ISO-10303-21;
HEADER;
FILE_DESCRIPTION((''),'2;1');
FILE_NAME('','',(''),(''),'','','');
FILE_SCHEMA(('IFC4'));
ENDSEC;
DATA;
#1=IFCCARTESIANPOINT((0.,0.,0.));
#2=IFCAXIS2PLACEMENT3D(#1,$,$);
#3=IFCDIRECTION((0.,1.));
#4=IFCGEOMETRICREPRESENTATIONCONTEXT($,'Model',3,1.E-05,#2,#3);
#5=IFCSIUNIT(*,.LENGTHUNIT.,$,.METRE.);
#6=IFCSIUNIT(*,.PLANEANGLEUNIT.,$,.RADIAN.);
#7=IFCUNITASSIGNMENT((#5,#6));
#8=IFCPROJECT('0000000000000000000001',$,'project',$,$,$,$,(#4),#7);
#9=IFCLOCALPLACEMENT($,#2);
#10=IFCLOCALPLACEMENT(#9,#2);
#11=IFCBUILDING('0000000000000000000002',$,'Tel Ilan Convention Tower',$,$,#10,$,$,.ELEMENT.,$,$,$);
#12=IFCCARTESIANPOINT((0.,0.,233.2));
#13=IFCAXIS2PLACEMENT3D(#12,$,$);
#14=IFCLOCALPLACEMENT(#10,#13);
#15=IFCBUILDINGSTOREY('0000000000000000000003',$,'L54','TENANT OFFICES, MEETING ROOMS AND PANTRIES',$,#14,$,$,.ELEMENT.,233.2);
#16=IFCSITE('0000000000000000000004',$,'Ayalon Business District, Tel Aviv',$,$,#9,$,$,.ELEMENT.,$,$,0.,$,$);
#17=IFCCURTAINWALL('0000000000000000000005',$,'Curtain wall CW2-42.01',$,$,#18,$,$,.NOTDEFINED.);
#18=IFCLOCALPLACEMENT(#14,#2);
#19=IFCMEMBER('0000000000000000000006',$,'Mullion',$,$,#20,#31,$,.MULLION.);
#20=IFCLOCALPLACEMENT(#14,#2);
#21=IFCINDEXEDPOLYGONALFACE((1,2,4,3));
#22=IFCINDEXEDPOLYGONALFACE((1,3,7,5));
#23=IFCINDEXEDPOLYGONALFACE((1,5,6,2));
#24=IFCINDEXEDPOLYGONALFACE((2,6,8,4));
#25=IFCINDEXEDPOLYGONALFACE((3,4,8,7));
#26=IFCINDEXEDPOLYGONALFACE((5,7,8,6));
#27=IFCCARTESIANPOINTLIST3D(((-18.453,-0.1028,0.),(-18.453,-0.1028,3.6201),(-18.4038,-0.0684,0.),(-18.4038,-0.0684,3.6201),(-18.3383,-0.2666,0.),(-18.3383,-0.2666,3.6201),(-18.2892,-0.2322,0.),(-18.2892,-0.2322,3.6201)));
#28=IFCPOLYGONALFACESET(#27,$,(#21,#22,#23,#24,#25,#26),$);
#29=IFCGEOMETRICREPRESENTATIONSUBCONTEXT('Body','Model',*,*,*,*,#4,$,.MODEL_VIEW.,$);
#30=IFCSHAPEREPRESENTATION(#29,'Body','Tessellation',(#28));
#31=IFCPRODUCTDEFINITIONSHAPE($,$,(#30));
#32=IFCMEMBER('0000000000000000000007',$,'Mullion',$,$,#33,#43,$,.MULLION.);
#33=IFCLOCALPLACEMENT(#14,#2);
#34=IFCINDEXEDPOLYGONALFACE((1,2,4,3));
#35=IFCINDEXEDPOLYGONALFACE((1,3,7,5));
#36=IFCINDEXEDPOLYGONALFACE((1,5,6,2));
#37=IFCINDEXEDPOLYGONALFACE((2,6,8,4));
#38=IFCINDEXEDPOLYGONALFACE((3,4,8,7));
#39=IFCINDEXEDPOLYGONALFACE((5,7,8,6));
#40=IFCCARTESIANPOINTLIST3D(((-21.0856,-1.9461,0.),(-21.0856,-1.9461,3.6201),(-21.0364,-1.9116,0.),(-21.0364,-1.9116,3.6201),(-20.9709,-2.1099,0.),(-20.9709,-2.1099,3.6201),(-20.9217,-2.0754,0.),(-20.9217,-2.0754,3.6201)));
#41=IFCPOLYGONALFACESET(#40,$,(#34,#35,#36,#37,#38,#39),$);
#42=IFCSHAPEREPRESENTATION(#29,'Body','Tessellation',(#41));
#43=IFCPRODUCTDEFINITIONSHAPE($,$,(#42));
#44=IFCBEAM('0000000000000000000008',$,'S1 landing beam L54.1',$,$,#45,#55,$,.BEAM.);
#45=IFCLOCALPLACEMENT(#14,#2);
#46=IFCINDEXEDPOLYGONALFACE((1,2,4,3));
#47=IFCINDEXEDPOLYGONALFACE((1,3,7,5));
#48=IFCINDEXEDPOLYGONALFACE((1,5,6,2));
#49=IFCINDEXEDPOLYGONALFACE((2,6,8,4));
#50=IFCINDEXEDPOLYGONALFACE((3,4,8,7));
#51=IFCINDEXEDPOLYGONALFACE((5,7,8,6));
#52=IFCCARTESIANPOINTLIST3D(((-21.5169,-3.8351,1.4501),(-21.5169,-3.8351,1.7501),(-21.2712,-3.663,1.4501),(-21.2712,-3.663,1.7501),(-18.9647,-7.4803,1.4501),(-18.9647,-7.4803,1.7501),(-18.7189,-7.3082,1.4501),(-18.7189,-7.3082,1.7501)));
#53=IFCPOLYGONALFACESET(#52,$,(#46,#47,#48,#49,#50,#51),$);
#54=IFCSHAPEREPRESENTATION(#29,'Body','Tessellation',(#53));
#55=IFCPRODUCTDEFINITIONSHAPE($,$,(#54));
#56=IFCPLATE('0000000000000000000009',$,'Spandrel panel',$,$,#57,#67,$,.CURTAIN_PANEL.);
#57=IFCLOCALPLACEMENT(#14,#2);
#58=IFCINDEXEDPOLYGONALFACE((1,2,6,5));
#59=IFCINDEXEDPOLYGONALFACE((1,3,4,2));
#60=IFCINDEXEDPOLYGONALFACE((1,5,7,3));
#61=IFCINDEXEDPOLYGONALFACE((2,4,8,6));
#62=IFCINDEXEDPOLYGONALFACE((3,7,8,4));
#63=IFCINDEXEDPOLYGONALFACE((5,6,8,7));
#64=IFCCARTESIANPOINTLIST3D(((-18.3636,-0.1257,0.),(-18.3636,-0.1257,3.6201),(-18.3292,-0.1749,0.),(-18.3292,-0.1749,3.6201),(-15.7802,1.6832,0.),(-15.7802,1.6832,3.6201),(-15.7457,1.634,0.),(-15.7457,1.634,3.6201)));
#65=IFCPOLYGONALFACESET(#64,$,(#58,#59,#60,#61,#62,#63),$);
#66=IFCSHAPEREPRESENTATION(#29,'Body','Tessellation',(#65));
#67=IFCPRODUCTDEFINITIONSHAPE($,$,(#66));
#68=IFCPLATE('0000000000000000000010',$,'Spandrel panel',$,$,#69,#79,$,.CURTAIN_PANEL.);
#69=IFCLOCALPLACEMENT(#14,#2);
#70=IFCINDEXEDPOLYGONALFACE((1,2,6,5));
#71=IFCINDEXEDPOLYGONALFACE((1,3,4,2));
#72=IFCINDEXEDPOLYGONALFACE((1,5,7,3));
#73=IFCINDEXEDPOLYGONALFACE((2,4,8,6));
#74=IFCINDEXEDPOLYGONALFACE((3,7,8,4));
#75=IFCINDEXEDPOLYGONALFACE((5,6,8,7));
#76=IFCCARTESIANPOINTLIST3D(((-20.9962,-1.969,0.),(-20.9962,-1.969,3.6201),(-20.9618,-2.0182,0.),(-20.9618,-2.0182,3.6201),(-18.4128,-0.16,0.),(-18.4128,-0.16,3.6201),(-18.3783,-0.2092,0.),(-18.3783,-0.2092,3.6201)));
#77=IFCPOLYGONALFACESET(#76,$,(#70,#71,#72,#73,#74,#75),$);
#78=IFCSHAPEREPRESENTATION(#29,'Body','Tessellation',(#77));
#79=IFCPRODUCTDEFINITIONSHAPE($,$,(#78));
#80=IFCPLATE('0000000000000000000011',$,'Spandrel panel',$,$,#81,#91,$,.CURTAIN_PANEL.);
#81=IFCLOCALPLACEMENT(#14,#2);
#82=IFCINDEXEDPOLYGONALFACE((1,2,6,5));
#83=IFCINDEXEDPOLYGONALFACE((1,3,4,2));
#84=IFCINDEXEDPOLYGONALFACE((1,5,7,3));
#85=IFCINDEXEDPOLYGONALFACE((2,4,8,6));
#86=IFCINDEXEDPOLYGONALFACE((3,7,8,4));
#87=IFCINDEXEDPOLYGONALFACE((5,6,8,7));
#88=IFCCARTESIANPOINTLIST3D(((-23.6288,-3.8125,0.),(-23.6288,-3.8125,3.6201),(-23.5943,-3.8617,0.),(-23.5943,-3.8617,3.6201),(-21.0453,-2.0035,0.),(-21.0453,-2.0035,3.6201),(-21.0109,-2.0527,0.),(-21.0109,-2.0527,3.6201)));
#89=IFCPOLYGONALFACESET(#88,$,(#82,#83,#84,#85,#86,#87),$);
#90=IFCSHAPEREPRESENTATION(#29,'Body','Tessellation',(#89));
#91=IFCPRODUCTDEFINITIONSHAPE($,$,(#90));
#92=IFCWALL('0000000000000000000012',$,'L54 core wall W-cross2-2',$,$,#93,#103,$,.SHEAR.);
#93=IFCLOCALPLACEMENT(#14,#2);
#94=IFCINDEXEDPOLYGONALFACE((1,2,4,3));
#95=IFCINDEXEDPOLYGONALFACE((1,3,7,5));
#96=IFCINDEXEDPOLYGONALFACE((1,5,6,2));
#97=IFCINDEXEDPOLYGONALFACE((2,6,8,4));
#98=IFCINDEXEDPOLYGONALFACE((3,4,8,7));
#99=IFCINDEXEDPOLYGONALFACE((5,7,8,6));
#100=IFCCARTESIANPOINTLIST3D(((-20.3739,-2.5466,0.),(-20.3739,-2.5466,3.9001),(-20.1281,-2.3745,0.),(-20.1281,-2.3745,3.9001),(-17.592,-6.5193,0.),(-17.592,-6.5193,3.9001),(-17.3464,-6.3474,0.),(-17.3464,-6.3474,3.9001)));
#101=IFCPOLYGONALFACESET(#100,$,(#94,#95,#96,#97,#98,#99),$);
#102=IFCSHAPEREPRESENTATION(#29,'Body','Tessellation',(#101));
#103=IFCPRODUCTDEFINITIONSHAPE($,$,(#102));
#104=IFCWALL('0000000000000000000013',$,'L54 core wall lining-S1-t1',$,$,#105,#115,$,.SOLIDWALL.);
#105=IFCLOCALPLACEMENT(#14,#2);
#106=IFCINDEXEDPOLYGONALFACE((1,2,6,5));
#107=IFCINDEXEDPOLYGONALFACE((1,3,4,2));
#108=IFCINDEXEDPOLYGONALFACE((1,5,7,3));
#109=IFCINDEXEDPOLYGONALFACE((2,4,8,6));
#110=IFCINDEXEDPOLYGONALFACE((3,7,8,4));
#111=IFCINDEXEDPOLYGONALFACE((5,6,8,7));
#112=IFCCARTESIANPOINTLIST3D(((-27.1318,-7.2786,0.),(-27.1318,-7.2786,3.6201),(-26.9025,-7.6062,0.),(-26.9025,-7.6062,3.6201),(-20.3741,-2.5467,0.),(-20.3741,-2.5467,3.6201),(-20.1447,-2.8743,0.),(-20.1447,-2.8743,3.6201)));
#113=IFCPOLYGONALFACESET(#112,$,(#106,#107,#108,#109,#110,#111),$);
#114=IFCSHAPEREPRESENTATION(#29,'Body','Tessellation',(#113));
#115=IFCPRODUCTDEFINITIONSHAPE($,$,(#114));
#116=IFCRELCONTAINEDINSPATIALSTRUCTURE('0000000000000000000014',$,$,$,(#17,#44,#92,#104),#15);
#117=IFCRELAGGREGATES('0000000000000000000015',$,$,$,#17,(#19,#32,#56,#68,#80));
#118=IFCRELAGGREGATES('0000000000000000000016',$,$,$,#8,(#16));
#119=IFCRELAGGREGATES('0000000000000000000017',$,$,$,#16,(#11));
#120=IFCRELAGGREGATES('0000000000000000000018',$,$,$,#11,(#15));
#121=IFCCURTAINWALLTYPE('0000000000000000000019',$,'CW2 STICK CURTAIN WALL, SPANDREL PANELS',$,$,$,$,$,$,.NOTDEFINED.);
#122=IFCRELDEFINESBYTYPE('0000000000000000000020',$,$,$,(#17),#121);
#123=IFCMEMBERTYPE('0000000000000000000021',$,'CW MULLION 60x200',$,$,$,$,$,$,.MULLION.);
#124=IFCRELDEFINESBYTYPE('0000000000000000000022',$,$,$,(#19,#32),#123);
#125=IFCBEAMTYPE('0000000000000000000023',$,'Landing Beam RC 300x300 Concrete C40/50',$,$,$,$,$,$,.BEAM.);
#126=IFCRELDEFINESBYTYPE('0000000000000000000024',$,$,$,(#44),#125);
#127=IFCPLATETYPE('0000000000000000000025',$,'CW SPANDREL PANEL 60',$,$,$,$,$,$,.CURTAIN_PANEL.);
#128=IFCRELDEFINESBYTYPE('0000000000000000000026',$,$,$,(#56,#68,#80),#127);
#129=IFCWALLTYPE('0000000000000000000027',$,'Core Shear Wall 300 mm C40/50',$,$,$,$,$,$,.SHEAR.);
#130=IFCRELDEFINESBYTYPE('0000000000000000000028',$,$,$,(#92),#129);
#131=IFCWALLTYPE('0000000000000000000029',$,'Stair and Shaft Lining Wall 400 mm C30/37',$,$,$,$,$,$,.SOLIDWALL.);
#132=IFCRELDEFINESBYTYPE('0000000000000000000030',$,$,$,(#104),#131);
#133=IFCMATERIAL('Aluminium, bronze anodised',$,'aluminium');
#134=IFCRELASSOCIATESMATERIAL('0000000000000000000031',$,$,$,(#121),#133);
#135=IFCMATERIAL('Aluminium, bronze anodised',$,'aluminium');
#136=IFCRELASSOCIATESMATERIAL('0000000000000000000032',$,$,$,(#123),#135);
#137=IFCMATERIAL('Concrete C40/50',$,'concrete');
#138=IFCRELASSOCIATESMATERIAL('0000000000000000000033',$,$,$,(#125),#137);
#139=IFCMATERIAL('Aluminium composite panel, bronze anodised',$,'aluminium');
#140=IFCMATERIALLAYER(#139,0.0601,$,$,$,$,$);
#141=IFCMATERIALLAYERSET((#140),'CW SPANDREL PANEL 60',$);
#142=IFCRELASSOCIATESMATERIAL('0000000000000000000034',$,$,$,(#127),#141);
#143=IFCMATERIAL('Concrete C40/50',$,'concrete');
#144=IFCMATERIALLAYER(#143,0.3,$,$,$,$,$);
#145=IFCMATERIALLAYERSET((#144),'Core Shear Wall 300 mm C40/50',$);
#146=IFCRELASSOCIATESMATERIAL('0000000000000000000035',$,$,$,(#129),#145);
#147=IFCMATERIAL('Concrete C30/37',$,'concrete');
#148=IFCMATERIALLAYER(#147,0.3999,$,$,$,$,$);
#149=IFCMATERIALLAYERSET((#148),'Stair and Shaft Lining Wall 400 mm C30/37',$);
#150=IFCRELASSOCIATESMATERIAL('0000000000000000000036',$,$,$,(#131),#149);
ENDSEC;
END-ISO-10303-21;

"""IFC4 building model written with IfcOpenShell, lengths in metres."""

from ifc_helpers import new_model, si_unit, direction, frame, frame_2d, origin, origin_2d, place, context, subcontext, project, spatial, polyline, rectangle, outline, extrude, material, layer, layer_set, material_profile, profile_set, type_object, element, aggregate, save


model = new_model("IFC4")

# Units and contexts
model_context = context("Model", 3, precision=1e-05, world=origin(), true_north=direction((0.0, 1.0)))
body_context = subcontext(model_context, "Body", "Model", "MODEL_VIEW")
ifc_project = project(units=[si_unit("LENGTHUNIT", "METRE"), si_unit("PLANEANGLEUNIT", "RADIAN")], contexts=[model_context])

# Site, building, storey
site_placement = place(None, origin())
site = spatial("IfcSite", under=ifc_project, at=site_placement, Name="Ayalon Business District, Tel Aviv", CompositionType="ELEMENT", RefElevation=0.0)
building_placement = place(site_placement, origin())
building = spatial("IfcBuilding", under=site, at=building_placement, Name="Tel Ilan Convention Tower", CompositionType="ELEMENT")
storey_placement = place(building_placement, frame((0.0, 0.0, 233.2)))
storey = spatial("IfcBuildingStorey", under=building, at=storey_placement, Name="L54", Description="TENANT OFFICES, MEETING ROOMS AND PANTRIES", CompositionType="ELEMENT", Elevation=233.2)

# Curtain wall, members
ifc_material_1 = material(Name="Aluminium, bronze anodised", Category="aluminium")
curtain_wall_type = type_object("IfcCurtainWallType", Name="CW2 STICK CURTAIN WALL, SPANDREL PANELS", PredefinedType="NOTDEFINED", material=ifc_material_1)
curtain_wall_placement = place(storey_placement, origin())
curtain_wall = element("IfcCurtainWall", 1, at=curtain_wall_placement, inside=storey, type_object=curtain_wall_type, Name="Curtain wall CW2-42.01", PredefinedType="NOTDEFINED")
ifc_material_2 = material(Name="Aluminium, bronze anodised", Category="aluminium")
ifc_material_profile_1 = material_profile(ifc_material_2, rectangle(XDim=0.0601, YDim=0.2, at=origin_2d()), Name="CW MULLION 60x200")
ifc_profile_set_1 = profile_set([ifc_material_profile_1], Name="Aluminium, bronze anodised")
member_type = type_object("IfcMemberType", Name="CW MULLION 60x200", PredefinedType="MULLION", material=ifc_profile_set_1)
member_1_placement = place(storey_placement, frame((-18.3711, -0.1675, 0.0), z_axis=(0.0, 0.0, 1.0), x_axis=(-0.819152, -0.573576, 0.0)))
member_1 = element("IfcMember", 2, at=member_1_placement, type_object=member_type, Name="Mullion", PredefinedType="MULLION", context=body_context, shape_type="SweptSolid", body=[
    extrude(rectangle(XDim=0.0601, YDim=0.2, at=origin_2d()), origin(), (0.0, 0.0, 1.0), 3.6201),
])
member_2_placement = place(storey_placement, frame((-21.0037, -2.0107, 0.0), z_axis=(0.0, 0.0, 1.0), x_axis=(-0.819152, -0.573576, 0.0)))
member_2 = element("IfcMember", 3, at=member_2_placement, type_object=member_type, Name="Mullion", PredefinedType="MULLION", context=body_context, shape_type="SweptSolid", body=[
    extrude(rectangle(XDim=0.0601, YDim=0.2, at=origin_2d()), origin(), (0.0, 0.0, 1.0), 3.6201),
])

# Beam
ifc_material_3 = material(Name="Concrete C40/50", Category="concrete")
ifc_material_profile_2 = material_profile(ifc_material_3, rectangle(XDim=0.3, YDim=0.3, at=origin_2d()), Name="RC 300x300")
ifc_profile_set_2 = profile_set([ifc_material_profile_2], Name="Concrete C40/50")
beam_type = type_object("IfcBeamType", Name="Landing Beam RC 300x300 Concrete C40/50", PredefinedType="BEAM", material=ifc_profile_set_2)
beam_placement = place(storey_placement, frame((-18.8418, -7.3943, 1.6001), z_axis=(-0.573547, 0.819173, 0.0), x_axis=(-0.819173, -0.573547, 0.0)))
element("IfcBeam", 4, at=beam_placement, inside=storey, type_object=beam_type, Name="S1 landing beam L54.1", PredefinedType="BEAM", context=body_context, shape_type="SweptSolid", body=[
    extrude(rectangle(XDim=0.3, YDim=0.3, at=origin_2d()), origin(), (0.0, 0.0, 1.0), 4.45),
])

# Plates
ifc_material_4 = material(Name="Aluminium composite panel, bronze anodised", Category="aluminium")
ifc_layer_1 = layer(ifc_material_4, 0.0601)
ifc_layer_set_1 = layer_set([ifc_layer_1], Name="CW SPANDREL PANEL 60")
plate_type = type_object("IfcPlateType", Name="CW SPANDREL PANEL 60", PredefinedType="CURTAIN_PANEL", material=ifc_layer_set_1)
plate_1_placement = place(storey_placement, frame((-17.0547, 0.7542, 0.0), z_axis=(0.0, 0.0, 1.0), x_axis=(-0.819152, -0.573576, 0.0)))
plate_1 = element("IfcPlate", 5, at=plate_1_placement, type_object=plate_type, Name="Spandrel panel", PredefinedType="CURTAIN_PANEL", context=body_context, shape_type="SweptSolid", body=[
    extrude(rectangle(XDim=3.1538, YDim=0.0601, at=origin_2d()), origin(), (0.0, 0.0, 1.0), 3.6201),
])
plate_2_placement = place(storey_placement, frame((-19.6873, -1.0891, 0.0), z_axis=(0.0, 0.0, 1.0), x_axis=(-0.819152, -0.573576, 0.0)))
plate_2 = element("IfcPlate", 6, at=plate_2_placement, type_object=plate_type, Name="Spandrel panel", PredefinedType="CURTAIN_PANEL", context=body_context, shape_type="SweptSolid", body=[
    extrude(rectangle(XDim=3.1538, YDim=0.0601, at=origin_2d()), origin(), (0.0, 0.0, 1.0), 3.6201),
])
plate_3_placement = place(storey_placement, frame((-22.3198, -2.9326, 0.0), z_axis=(0.0, 0.0, 1.0), x_axis=(-0.819152, -0.573576, 0.0)))
plate_3 = element("IfcPlate", 7, at=plate_3_placement, type_object=plate_type, Name="Spandrel panel", PredefinedType="CURTAIN_PANEL", context=body_context, shape_type="SweptSolid", body=[
    extrude(rectangle(XDim=3.1538, YDim=0.0601, at=origin_2d()), origin(), (0.0, 0.0, 1.0), 3.6201),
])
aggregate(curtain_wall, [member_1, member_2, plate_1, plate_2, plate_3])

# Walls
ifc_material_5 = material(Name="Concrete C40/50", Category="concrete")
ifc_layer_2 = layer(ifc_material_5, 0.3)
ifc_layer_set_2 = layer_set([ifc_layer_2], Name="Core Shear Wall 300 mm C40/50")
wall_type_1 = type_object("IfcWallType", Name="Core Shear Wall 300 mm C40/50", PredefinedType="SHEAR", material=ifc_layer_set_2)
wall_1_placement = place(storey_placement, frame((-17.4692, -6.4333, 0.0), z_axis=(0.0, 0.0, 1.0), x_axis=(-0.573594, 0.81914, 0.0)))
element("IfcWall", 8, at=wall_1_placement, inside=storey, type_object=wall_type_1, Name="L54 core wall W-cross2-2", PredefinedType="SHEAR", context=body_context, shape_type="SweptSolid", body=[
    extrude(outline(polyline([(4.8499, -0.1501), (4.8499, 0.1499), (0.0, 0.1499), (0.0, -0.1499), (4.8499, -0.1501)])), origin(), (0.0, 0.0, 1.0), 3.9001),
])
ifc_material_6 = material(Name="Concrete C30/37", Category="concrete")
ifc_layer_3 = layer(ifc_material_6, 0.3999)
ifc_layer_set_3 = layer_set([ifc_layer_3], Name="Stair and Shaft Lining Wall 400 mm C30/37")
wall_type_2 = type_object("IfcWallType", Name="Stair and Shaft Lining Wall 400 mm C30/37", PredefinedType="SOLIDWALL", material=ifc_layer_set_3)
wall_2_placement = place(storey_placement, frame((-20.2593, -2.7104, 0.0), z_axis=(0.0, 0.0, 1.0), x_axis=(-0.819148, -0.573582, 0.0)))
element("IfcWall", 9, at=wall_2_placement, inside=storey, type_object=wall_type_2, Name="L54 core wall lining-S1-t1", PredefinedType="SOLIDWALL", context=body_context, shape_type="SweptSolid", body=[
    extrude(rectangle(XDim=8.2498, YDim=0.3999, at=frame_2d((4.125, 0.0))), origin(), (0.0, 0.0, 1.0), 3.6201),
])

save(model, "model.ifc")
